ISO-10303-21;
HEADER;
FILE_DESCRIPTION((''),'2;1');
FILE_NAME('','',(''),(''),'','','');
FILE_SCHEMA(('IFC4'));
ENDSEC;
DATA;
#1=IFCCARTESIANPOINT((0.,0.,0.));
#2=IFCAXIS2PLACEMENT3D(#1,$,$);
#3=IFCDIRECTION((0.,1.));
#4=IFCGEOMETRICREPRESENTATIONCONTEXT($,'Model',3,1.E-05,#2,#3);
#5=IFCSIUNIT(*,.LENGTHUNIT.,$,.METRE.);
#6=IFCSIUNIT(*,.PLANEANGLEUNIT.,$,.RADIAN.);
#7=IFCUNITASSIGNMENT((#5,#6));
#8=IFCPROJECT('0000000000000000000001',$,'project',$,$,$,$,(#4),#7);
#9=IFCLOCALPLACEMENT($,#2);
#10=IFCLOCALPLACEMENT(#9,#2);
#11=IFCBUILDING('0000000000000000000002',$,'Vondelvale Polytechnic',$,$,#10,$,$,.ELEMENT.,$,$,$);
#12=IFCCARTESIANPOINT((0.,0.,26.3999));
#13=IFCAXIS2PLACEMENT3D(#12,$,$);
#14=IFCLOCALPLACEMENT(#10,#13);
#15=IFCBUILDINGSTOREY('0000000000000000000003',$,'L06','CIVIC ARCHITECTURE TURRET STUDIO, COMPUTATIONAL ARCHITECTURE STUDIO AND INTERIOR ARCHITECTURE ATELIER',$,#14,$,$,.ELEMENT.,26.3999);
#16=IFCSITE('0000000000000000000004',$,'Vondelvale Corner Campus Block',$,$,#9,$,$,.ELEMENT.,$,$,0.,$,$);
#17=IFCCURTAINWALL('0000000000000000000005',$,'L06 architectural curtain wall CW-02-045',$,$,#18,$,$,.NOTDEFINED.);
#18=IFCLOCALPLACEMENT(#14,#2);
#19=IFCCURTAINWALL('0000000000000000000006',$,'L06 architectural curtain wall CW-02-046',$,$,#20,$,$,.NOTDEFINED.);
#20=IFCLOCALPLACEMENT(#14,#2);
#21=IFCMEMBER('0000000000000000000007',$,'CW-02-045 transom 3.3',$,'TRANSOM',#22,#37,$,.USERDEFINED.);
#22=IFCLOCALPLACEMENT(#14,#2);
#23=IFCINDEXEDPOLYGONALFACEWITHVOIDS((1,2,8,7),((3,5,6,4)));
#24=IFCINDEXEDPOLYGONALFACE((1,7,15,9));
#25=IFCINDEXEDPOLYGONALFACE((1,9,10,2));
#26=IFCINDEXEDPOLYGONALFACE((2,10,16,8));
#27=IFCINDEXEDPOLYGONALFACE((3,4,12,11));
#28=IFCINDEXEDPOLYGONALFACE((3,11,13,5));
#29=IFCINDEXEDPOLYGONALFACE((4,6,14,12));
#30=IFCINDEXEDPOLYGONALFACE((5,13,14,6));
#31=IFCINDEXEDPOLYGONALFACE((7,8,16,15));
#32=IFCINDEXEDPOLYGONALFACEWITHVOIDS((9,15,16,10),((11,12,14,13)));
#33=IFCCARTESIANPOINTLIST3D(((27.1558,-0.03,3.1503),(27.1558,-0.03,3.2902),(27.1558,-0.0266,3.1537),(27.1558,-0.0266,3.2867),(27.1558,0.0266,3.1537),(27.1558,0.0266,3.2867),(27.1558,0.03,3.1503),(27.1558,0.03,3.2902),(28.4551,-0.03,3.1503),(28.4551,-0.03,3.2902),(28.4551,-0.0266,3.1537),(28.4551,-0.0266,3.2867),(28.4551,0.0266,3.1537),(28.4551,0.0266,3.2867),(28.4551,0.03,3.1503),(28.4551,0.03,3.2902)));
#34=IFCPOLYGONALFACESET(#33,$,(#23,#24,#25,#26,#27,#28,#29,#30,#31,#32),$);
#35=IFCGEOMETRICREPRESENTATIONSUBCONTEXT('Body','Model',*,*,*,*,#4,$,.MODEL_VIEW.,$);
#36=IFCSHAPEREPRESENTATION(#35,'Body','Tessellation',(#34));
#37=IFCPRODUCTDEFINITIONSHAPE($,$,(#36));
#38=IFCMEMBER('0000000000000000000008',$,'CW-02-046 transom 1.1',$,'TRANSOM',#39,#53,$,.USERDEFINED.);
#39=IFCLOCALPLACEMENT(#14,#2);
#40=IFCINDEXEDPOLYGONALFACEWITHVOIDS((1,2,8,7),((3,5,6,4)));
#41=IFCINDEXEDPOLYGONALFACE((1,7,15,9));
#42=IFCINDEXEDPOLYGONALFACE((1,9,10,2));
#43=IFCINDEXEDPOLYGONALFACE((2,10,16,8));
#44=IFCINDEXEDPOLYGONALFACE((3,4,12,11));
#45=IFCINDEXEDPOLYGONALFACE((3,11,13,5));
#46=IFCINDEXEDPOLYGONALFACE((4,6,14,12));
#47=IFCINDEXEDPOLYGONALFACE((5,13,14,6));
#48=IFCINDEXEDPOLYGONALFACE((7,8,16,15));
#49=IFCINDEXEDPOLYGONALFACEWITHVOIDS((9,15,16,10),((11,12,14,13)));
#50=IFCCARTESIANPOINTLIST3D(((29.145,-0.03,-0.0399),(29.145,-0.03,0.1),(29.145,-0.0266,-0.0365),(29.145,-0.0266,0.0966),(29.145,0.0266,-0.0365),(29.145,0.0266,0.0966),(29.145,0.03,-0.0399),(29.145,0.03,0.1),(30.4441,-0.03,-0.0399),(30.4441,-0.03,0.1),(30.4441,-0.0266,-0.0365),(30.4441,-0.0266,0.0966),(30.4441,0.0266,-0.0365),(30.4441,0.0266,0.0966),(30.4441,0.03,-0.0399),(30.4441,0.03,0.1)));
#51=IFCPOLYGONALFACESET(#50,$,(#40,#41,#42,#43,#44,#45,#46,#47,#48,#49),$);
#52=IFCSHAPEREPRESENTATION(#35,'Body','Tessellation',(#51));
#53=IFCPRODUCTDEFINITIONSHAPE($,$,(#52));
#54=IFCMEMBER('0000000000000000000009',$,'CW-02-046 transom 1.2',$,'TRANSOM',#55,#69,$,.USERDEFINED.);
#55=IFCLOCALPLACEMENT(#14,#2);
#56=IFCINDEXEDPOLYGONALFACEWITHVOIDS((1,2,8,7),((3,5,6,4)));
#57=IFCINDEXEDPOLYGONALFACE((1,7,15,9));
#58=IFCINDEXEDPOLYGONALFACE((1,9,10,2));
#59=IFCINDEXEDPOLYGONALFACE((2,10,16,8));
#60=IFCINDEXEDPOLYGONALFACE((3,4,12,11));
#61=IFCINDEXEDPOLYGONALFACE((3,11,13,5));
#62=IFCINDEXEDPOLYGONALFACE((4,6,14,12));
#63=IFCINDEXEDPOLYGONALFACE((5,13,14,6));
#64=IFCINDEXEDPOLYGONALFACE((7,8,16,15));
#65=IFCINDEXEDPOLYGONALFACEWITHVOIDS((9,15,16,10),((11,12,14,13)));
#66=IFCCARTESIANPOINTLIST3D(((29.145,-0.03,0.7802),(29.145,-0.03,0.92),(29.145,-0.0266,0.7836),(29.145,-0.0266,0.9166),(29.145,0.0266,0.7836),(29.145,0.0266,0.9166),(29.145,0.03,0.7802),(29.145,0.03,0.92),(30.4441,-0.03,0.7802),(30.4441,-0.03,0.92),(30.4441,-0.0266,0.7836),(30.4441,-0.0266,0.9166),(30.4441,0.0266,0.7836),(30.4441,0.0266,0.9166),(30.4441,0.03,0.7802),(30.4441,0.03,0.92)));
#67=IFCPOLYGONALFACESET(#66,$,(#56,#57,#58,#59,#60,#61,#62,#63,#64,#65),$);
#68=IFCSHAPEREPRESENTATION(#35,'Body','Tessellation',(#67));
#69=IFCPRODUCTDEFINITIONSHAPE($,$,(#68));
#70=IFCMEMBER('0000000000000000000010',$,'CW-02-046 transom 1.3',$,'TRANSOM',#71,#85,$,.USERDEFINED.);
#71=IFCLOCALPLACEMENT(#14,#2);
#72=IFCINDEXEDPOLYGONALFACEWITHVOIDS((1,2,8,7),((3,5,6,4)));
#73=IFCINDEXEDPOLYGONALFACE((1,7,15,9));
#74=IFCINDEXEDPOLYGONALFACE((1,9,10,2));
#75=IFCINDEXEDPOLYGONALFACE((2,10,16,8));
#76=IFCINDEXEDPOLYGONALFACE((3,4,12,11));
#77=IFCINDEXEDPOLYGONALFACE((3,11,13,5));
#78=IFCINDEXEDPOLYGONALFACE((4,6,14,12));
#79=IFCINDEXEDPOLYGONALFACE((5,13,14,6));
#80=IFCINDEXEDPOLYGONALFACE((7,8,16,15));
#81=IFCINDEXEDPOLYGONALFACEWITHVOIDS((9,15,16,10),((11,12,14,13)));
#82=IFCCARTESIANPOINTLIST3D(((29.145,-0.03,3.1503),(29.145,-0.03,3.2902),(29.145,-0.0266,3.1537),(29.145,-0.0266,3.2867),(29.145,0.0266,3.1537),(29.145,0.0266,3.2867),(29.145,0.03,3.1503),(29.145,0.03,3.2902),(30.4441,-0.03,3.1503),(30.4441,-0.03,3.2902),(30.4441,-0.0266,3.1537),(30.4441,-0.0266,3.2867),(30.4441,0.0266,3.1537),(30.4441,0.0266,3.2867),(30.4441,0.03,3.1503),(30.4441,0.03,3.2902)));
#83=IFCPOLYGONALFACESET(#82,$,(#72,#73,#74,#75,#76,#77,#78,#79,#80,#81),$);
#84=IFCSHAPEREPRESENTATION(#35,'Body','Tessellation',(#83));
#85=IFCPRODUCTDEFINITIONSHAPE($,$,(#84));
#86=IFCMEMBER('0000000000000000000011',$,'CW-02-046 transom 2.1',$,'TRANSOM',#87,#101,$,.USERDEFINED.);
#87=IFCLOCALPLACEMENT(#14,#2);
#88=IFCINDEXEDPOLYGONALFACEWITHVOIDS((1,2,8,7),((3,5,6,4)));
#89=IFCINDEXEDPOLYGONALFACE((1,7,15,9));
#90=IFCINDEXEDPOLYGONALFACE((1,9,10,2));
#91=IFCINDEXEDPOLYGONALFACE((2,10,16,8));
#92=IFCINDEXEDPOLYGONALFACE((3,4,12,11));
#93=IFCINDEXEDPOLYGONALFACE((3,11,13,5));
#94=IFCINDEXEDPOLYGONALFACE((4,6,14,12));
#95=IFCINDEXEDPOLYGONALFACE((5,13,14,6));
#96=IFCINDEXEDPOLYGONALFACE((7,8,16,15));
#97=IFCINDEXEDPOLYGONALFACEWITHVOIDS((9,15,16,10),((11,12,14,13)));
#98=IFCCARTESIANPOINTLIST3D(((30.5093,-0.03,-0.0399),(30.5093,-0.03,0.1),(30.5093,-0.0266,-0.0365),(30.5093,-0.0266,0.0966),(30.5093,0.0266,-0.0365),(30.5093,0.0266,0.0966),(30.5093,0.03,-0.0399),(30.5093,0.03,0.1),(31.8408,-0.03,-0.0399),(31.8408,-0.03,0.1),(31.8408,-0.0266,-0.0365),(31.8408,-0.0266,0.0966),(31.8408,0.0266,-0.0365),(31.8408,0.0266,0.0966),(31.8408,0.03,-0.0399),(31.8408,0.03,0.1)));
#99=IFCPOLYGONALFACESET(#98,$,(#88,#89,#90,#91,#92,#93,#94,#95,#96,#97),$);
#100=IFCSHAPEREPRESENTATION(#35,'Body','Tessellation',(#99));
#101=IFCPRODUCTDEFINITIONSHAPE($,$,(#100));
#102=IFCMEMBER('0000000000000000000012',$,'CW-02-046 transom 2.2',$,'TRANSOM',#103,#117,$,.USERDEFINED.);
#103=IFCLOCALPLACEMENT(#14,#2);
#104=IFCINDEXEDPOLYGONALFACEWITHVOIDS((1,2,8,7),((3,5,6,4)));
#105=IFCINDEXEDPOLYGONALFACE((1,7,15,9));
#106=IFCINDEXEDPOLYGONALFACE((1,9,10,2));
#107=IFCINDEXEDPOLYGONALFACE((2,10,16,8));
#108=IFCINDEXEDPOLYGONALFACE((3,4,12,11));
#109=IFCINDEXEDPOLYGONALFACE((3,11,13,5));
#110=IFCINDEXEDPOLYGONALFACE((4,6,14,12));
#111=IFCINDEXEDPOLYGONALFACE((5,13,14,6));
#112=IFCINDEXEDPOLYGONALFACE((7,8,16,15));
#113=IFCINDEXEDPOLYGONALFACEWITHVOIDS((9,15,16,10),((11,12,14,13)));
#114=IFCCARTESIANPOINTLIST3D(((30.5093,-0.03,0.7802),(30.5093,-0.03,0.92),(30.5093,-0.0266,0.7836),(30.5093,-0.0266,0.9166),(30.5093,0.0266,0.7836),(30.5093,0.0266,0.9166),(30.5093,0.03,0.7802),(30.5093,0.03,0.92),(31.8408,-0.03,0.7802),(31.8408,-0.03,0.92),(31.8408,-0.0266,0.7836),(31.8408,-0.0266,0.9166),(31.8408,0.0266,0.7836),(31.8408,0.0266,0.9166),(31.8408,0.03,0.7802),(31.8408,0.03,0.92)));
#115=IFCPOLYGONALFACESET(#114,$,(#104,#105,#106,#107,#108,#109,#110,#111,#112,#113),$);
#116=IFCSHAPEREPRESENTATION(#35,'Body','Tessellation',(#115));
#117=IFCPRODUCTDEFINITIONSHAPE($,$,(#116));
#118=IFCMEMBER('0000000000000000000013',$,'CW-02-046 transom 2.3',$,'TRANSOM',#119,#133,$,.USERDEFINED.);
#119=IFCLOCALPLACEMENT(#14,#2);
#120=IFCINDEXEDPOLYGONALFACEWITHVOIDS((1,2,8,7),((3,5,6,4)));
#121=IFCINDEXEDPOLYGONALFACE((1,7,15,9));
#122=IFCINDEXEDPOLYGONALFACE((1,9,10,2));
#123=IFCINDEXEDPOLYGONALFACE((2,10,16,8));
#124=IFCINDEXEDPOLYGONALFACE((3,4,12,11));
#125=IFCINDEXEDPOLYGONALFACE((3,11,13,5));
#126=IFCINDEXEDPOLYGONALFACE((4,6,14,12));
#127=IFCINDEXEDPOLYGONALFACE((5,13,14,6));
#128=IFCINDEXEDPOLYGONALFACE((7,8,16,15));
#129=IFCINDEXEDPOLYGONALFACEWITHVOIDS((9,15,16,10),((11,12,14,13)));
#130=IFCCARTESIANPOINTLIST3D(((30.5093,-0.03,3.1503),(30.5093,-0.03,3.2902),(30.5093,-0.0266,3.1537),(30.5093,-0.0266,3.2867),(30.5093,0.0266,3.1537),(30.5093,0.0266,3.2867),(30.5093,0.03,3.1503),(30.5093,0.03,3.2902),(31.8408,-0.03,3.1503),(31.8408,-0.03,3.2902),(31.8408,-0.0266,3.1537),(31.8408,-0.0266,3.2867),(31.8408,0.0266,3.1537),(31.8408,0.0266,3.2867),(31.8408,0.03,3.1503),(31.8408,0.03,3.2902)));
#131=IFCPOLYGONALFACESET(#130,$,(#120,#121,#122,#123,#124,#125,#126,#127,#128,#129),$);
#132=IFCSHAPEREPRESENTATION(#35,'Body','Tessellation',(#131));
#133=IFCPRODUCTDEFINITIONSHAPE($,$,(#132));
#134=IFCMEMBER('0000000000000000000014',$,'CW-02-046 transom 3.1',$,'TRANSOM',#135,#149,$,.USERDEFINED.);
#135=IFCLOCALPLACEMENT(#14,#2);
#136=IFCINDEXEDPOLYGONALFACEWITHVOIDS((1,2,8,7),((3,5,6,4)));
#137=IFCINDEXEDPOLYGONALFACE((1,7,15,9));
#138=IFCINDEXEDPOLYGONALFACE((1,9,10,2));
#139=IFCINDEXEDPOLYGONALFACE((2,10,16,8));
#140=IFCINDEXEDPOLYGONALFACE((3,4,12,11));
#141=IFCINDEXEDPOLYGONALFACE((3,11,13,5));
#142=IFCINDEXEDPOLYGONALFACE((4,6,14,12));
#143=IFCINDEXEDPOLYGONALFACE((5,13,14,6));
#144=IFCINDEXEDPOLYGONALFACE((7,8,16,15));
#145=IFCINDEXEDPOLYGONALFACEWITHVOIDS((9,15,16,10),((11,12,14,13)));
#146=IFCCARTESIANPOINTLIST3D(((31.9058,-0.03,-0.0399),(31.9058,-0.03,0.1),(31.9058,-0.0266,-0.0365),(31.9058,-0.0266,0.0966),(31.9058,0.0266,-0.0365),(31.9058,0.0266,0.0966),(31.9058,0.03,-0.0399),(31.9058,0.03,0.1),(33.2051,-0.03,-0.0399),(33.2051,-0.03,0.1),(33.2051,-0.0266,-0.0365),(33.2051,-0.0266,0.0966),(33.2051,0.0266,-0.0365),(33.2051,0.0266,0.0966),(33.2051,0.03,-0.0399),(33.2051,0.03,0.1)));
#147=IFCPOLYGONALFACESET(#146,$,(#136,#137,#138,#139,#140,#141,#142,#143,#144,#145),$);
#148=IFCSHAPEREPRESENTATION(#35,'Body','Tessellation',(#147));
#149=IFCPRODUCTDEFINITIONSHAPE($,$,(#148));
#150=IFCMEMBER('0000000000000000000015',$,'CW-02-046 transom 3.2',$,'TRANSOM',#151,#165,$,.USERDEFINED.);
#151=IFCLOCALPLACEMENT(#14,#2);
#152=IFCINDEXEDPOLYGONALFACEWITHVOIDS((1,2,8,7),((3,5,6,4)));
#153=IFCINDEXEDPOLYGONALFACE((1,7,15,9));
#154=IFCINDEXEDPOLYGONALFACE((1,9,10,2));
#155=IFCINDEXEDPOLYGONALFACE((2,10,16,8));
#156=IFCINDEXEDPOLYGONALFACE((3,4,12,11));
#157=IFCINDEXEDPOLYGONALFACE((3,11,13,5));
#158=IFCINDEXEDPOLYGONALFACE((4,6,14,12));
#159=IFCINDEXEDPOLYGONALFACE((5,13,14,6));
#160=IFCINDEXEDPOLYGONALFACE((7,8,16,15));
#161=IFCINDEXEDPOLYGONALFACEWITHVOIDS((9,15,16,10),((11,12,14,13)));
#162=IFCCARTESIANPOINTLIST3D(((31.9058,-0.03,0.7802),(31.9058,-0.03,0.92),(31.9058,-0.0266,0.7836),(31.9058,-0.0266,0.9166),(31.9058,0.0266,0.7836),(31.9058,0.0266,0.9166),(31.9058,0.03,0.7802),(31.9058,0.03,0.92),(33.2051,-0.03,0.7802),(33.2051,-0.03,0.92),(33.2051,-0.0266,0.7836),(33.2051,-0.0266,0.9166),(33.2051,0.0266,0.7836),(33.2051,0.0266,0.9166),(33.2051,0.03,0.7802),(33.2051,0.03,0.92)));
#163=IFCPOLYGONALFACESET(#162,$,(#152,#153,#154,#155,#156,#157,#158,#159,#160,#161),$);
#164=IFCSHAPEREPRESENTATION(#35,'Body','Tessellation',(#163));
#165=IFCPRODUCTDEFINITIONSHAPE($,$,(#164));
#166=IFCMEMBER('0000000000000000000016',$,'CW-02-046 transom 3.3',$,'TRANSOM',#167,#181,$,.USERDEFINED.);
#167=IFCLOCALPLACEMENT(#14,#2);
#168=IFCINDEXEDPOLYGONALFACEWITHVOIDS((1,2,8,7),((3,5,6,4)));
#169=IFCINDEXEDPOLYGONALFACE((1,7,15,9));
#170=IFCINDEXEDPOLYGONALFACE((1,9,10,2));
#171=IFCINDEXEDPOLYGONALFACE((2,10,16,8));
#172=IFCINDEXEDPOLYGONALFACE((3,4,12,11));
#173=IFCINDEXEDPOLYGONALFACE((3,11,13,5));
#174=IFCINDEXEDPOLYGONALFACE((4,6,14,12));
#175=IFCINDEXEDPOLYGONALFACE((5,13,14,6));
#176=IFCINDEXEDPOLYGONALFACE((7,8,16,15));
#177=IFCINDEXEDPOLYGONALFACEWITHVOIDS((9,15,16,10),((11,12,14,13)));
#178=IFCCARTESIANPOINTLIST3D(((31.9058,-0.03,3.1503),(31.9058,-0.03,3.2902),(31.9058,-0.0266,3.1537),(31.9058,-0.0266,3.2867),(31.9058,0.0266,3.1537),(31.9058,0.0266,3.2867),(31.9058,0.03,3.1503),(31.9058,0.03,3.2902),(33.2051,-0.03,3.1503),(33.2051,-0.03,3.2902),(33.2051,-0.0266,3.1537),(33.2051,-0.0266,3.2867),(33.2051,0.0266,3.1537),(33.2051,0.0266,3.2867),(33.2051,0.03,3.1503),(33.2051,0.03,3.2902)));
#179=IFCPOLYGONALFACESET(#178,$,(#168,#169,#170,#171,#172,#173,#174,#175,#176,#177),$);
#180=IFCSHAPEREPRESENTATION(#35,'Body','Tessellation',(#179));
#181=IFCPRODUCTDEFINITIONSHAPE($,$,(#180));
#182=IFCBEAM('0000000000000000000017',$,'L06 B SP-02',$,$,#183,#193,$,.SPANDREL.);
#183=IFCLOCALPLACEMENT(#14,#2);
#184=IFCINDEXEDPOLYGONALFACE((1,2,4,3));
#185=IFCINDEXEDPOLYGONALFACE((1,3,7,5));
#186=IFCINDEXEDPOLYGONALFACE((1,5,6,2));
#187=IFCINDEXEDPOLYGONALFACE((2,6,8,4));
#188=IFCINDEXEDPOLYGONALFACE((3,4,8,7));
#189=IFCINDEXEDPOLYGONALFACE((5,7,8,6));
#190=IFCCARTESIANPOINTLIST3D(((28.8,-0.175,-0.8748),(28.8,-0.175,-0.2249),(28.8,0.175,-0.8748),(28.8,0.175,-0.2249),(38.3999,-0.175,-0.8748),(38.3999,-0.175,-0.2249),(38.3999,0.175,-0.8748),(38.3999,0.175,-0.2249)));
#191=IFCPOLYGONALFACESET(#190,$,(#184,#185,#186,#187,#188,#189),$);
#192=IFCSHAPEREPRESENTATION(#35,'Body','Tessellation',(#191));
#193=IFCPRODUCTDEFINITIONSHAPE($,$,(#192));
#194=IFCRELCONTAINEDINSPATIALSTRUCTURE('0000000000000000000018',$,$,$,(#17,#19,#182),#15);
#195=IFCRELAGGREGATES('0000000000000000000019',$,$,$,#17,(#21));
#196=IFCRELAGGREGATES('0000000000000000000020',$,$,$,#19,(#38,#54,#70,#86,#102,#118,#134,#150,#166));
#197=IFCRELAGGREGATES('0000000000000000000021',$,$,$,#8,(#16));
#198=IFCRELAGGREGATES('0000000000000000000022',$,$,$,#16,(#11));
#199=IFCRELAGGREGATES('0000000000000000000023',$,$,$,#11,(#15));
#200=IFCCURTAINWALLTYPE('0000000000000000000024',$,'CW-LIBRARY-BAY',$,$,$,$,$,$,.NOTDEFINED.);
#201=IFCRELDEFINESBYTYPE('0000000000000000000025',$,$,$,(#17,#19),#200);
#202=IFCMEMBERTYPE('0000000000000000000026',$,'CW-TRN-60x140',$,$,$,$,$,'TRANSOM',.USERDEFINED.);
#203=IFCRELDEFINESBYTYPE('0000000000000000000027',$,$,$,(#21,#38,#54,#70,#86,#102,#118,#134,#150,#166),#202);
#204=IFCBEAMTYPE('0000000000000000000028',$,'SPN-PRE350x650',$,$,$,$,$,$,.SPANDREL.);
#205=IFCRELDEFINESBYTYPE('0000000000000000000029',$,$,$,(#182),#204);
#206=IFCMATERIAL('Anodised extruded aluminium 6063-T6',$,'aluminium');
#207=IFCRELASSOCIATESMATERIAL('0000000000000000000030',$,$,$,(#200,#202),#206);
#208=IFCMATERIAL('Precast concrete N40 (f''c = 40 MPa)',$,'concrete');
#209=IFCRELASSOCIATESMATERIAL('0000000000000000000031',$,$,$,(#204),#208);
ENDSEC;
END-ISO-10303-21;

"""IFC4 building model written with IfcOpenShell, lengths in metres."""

from ifc_helpers import new_model, si_unit, direction, frame, origin, origin_2d, place, context, subcontext, project, spatial, rectangle, hollow_rectangle, extrude, material, material_profile, profile_set, type_object, element, aggregate, save


model = new_model("IFC4")

# Units and contexts
model_context = context("Model", 3, precision=1e-05, world=origin(), true_north=direction((0.0, 1.0)))
body_context = subcontext(model_context, "Body", "Model", "MODEL_VIEW")
ifc_project = project(units=[si_unit("LENGTHUNIT", "METRE"), si_unit("PLANEANGLEUNIT", "RADIAN")], contexts=[model_context])

# Site, building, storey
site_placement = place(None, origin())
site = spatial("IfcSite", under=ifc_project, at=site_placement, Name="Vondelvale Corner Campus Block", CompositionType="ELEMENT", RefElevation=0.0)
building_placement = place(site_placement, origin())
building = spatial("IfcBuilding", under=site, at=building_placement, Name="Vondelvale Polytechnic", CompositionType="ELEMENT")
storey_placement = place(building_placement, frame((0.0, 0.0, 26.3999)))
storey = spatial("IfcBuildingStorey", under=building, at=storey_placement, Name="L06", Description="CIVIC ARCHITECTURE TURRET STUDIO, COMPUTATIONAL ARCHITECTURE STUDIO AND INTERIOR ARCHITECTURE ATELIER", CompositionType="ELEMENT", Elevation=26.3999)

# Curtain walls
ifc_material_1 = material(Name="Anodised extruded aluminium 6063-T6", Category="aluminium")
curtain_wall_type = type_object("IfcCurtainWallType", Name="CW-LIBRARY-BAY", PredefinedType="NOTDEFINED", material=ifc_material_1)
curtain_wall_1_placement = place(storey_placement, origin())
curtain_wall_1 = element("IfcCurtainWall", 1, at=curtain_wall_1_placement, inside=storey, type_object=curtain_wall_type, Name="L06 architectural curtain wall CW-02-045", PredefinedType="NOTDEFINED")
curtain_wall_2_placement = place(storey_placement, origin())
curtain_wall_2 = element("IfcCurtainWall", 2, at=curtain_wall_2_placement, inside=storey, type_object=curtain_wall_type, Name="L06 architectural curtain wall CW-02-046", PredefinedType="NOTDEFINED")

# Members
ifc_material_profile_1 = material_profile(ifc_material_1, hollow_rectangle(XDim=0.0601, YDim=0.1399, WallThickness=0.0034, at=origin_2d()), Name="CW-TRN-140x60")
ifc_profile_set_1 = profile_set([ifc_material_profile_1], Name="Anodised extruded aluminium 6063-T6")
member_type_1 = type_object("IfcMemberType", Name="CW-TRN-60x140", ElementType="TRANSOM", PredefinedType="USERDEFINED", material=ifc_profile_set_1)
member_1_placement = place(storey_placement, frame((27.1558, 0.0, 3.2202), z_axis=(1.0, 0.0, 0.0), x_axis=(0.0, 1.0, 0.0)))
member_1 = element("IfcMember", 3, at=member_1_placement, type_object=member_type_1, Name="CW-02-045 transom 3.3", ObjectType="TRANSOM", PredefinedType="USERDEFINED", context=body_context, shape_type="SweptSolid", body=[
    extrude(hollow_rectangle(XDim=0.0601, YDim=0.1399, WallThickness=0.0034, at=origin_2d()), origin(), (0.0, 0.0, 1.0), 1.2993),
])
member_2_placement = place(storey_placement, frame((29.145, 0.0, 0.03), z_axis=(1.0, 0.0, 0.0), x_axis=(0.0, 1.0, 0.0)))
member_2 = element("IfcMember", 4, at=member_2_placement, type_object=member_type_1, Name="CW-02-046 transom 1.1", ObjectType="TRANSOM", PredefinedType="USERDEFINED", context=body_context, shape_type="SweptSolid", body=[
    extrude(hollow_rectangle(XDim=0.0601, YDim=0.1399, WallThickness=0.0034, at=origin_2d()), origin(), (0.0, 0.0, 1.0), 1.2991),
])
member_3_placement = place(storey_placement, frame((29.145, 0.0, 0.8501), z_axis=(1.0, 0.0, 0.0), x_axis=(0.0, 1.0, 0.0)))
member_3 = element("IfcMember", 5, at=member_3_placement, type_object=member_type_1, Name="CW-02-046 transom 1.2", ObjectType="TRANSOM", PredefinedType="USERDEFINED", context=body_context, shape_type="SweptSolid", body=[
    extrude(hollow_rectangle(XDim=0.0601, YDim=0.1399, WallThickness=0.0034, at=origin_2d()), origin(), (0.0, 0.0, 1.0), 1.2991),
])
member_4_placement = place(storey_placement, frame((29.145, 0.0, 3.2202), z_axis=(1.0, 0.0, 0.0), x_axis=(0.0, 1.0, 0.0)))
member_4 = element("IfcMember", 6, at=member_4_placement, type_object=member_type_1, Name="CW-02-046 transom 1.3", ObjectType="TRANSOM", PredefinedType="USERDEFINED", context=body_context, shape_type="SweptSolid", body=[
    extrude(hollow_rectangle(XDim=0.0601, YDim=0.1399, WallThickness=0.0034, at=origin_2d()), origin(), (0.0, 0.0, 1.0), 1.2991),
])
member_5_placement = place(storey_placement, frame((30.5093, 0.0, 0.03), z_axis=(1.0, 0.0, 0.0), x_axis=(0.0, 1.0, 0.0)))
member_5 = element("IfcMember", 7, at=member_5_placement, type_object=member_type_1, Name="CW-02-046 transom 2.1", ObjectType="TRANSOM", PredefinedType="USERDEFINED", context=body_context, shape_type="SweptSolid", body=[
    extrude(hollow_rectangle(XDim=0.0601, YDim=0.1399, WallThickness=0.0034, at=origin_2d()), origin(), (0.0, 0.0, 1.0), 1.3315),
])
member_6_placement = place(storey_placement, frame((30.5093, 0.0, 0.8501), z_axis=(1.0, 0.0, 0.0), x_axis=(0.0, 1.0, 0.0)))
member_6 = element("IfcMember", 8, at=member_6_placement, type_object=member_type_1, Name="CW-02-046 transom 2.2", ObjectType="TRANSOM", PredefinedType="USERDEFINED", context=body_context, shape_type="SweptSolid", body=[
    extrude(hollow_rectangle(XDim=0.0601, YDim=0.1399, WallThickness=0.0034, at=origin_2d()), origin(), (0.0, 0.0, 1.0), 1.3315),
])
member_7_placement = place(storey_placement, frame((30.5093, 0.0, 3.2202), z_axis=(1.0, 0.0, 0.0), x_axis=(0.0, 1.0, 0.0)))
member_7 = element("IfcMember", 9, at=member_7_placement, type_object=member_type_1, Name="CW-02-046 transom 2.3", ObjectType="TRANSOM", PredefinedType="USERDEFINED", context=body_context, shape_type="SweptSolid", body=[
    extrude(hollow_rectangle(XDim=0.0601, YDim=0.1399, WallThickness=0.0034, at=origin_2d()), origin(), (0.0, 0.0, 1.0), 1.3315),
])
member_8_placement = place(storey_placement, frame((31.9058, 0.0, 0.03), z_axis=(1.0, 0.0, 0.0), x_axis=(0.0, 1.0, 0.0)))
member_8 = element("IfcMember", 10, at=member_8_placement, type_object=member_type_1, Name="CW-02-046 transom 3.1", ObjectType="TRANSOM", PredefinedType="USERDEFINED", context=body_context, shape_type="SweptSolid", body=[
    extrude(hollow_rectangle(XDim=0.0601, YDim=0.1399, WallThickness=0.0034, at=origin_2d()), origin(), (0.0, 0.0, 1.0), 1.2993),
])
member_9_placement = place(storey_placement, frame((31.9058, 0.0, 0.8501), z_axis=(1.0, 0.0, 0.0), x_axis=(0.0, 1.0, 0.0)))
member_9 = element("IfcMember", 11, at=member_9_placement, type_object=member_type_1, Name="CW-02-046 transom 3.2", ObjectType="TRANSOM", PredefinedType="USERDEFINED", context=body_context, shape_type="SweptSolid", body=[
    extrude(hollow_rectangle(XDim=0.0601, YDim=0.1399, WallThickness=0.0034, at=origin_2d()), origin(), (0.0, 0.0, 1.0), 1.2993),
])
member_10_placement = place(storey_placement, frame((31.9058, 0.0, 3.2202), z_axis=(1.0, 0.0, 0.0), x_axis=(0.0, 1.0, 0.0)))
member_10 = element("IfcMember", 12, at=member_10_placement, type_object=member_type_1, Name="CW-02-046 transom 3.3", ObjectType="TRANSOM", PredefinedType="USERDEFINED", context=body_context, shape_type="SweptSolid", body=[
    extrude(hollow_rectangle(XDim=0.0601, YDim=0.1399, WallThickness=0.0034, at=origin_2d()), origin(), (0.0, 0.0, 1.0), 1.2993),
])

# Beam
ifc_material_2 = material(Name="Precast concrete N40 (f'c = 40 MPa)", Category="concrete")
ifc_material_profile_2 = material_profile(ifc_material_2, rectangle(XDim=0.3501, YDim=0.6499, at=origin_2d()), Name="RC-SPN-350x650")
ifc_profile_set_2 = profile_set([ifc_material_profile_2], Name="Precast concrete N40 (f'c = 40 MPa)")
beam_type_1 = type_object("IfcBeamType", Name="SPN-PRE350x650", PredefinedType="SPANDREL", material=ifc_profile_set_2)
beam_1_placement = place(storey_placement, frame((28.8, 0.0, -0.5498), z_axis=(1.0, 0.0, 0.0), x_axis=(0.0, 1.0, 0.0)))
element("IfcBeam", 13, at=beam_1_placement, inside=storey, type_object=beam_type_1, Name="L06 B SP-02", PredefinedType="SPANDREL", context=body_context, shape_type="SweptSolid", body=[
    extrude(rectangle(XDim=0.3501, YDim=0.6499, at=origin_2d()), origin(), (0.0, 0.0, 1.0), 9.5999),
])

aggregate(curtain_wall_1, [member_1])
aggregate(curtain_wall_2, [member_2, member_3, member_4, member_5, member_6, member_7, member_8, member_9, member_10])

save(model, "model.ifc")
